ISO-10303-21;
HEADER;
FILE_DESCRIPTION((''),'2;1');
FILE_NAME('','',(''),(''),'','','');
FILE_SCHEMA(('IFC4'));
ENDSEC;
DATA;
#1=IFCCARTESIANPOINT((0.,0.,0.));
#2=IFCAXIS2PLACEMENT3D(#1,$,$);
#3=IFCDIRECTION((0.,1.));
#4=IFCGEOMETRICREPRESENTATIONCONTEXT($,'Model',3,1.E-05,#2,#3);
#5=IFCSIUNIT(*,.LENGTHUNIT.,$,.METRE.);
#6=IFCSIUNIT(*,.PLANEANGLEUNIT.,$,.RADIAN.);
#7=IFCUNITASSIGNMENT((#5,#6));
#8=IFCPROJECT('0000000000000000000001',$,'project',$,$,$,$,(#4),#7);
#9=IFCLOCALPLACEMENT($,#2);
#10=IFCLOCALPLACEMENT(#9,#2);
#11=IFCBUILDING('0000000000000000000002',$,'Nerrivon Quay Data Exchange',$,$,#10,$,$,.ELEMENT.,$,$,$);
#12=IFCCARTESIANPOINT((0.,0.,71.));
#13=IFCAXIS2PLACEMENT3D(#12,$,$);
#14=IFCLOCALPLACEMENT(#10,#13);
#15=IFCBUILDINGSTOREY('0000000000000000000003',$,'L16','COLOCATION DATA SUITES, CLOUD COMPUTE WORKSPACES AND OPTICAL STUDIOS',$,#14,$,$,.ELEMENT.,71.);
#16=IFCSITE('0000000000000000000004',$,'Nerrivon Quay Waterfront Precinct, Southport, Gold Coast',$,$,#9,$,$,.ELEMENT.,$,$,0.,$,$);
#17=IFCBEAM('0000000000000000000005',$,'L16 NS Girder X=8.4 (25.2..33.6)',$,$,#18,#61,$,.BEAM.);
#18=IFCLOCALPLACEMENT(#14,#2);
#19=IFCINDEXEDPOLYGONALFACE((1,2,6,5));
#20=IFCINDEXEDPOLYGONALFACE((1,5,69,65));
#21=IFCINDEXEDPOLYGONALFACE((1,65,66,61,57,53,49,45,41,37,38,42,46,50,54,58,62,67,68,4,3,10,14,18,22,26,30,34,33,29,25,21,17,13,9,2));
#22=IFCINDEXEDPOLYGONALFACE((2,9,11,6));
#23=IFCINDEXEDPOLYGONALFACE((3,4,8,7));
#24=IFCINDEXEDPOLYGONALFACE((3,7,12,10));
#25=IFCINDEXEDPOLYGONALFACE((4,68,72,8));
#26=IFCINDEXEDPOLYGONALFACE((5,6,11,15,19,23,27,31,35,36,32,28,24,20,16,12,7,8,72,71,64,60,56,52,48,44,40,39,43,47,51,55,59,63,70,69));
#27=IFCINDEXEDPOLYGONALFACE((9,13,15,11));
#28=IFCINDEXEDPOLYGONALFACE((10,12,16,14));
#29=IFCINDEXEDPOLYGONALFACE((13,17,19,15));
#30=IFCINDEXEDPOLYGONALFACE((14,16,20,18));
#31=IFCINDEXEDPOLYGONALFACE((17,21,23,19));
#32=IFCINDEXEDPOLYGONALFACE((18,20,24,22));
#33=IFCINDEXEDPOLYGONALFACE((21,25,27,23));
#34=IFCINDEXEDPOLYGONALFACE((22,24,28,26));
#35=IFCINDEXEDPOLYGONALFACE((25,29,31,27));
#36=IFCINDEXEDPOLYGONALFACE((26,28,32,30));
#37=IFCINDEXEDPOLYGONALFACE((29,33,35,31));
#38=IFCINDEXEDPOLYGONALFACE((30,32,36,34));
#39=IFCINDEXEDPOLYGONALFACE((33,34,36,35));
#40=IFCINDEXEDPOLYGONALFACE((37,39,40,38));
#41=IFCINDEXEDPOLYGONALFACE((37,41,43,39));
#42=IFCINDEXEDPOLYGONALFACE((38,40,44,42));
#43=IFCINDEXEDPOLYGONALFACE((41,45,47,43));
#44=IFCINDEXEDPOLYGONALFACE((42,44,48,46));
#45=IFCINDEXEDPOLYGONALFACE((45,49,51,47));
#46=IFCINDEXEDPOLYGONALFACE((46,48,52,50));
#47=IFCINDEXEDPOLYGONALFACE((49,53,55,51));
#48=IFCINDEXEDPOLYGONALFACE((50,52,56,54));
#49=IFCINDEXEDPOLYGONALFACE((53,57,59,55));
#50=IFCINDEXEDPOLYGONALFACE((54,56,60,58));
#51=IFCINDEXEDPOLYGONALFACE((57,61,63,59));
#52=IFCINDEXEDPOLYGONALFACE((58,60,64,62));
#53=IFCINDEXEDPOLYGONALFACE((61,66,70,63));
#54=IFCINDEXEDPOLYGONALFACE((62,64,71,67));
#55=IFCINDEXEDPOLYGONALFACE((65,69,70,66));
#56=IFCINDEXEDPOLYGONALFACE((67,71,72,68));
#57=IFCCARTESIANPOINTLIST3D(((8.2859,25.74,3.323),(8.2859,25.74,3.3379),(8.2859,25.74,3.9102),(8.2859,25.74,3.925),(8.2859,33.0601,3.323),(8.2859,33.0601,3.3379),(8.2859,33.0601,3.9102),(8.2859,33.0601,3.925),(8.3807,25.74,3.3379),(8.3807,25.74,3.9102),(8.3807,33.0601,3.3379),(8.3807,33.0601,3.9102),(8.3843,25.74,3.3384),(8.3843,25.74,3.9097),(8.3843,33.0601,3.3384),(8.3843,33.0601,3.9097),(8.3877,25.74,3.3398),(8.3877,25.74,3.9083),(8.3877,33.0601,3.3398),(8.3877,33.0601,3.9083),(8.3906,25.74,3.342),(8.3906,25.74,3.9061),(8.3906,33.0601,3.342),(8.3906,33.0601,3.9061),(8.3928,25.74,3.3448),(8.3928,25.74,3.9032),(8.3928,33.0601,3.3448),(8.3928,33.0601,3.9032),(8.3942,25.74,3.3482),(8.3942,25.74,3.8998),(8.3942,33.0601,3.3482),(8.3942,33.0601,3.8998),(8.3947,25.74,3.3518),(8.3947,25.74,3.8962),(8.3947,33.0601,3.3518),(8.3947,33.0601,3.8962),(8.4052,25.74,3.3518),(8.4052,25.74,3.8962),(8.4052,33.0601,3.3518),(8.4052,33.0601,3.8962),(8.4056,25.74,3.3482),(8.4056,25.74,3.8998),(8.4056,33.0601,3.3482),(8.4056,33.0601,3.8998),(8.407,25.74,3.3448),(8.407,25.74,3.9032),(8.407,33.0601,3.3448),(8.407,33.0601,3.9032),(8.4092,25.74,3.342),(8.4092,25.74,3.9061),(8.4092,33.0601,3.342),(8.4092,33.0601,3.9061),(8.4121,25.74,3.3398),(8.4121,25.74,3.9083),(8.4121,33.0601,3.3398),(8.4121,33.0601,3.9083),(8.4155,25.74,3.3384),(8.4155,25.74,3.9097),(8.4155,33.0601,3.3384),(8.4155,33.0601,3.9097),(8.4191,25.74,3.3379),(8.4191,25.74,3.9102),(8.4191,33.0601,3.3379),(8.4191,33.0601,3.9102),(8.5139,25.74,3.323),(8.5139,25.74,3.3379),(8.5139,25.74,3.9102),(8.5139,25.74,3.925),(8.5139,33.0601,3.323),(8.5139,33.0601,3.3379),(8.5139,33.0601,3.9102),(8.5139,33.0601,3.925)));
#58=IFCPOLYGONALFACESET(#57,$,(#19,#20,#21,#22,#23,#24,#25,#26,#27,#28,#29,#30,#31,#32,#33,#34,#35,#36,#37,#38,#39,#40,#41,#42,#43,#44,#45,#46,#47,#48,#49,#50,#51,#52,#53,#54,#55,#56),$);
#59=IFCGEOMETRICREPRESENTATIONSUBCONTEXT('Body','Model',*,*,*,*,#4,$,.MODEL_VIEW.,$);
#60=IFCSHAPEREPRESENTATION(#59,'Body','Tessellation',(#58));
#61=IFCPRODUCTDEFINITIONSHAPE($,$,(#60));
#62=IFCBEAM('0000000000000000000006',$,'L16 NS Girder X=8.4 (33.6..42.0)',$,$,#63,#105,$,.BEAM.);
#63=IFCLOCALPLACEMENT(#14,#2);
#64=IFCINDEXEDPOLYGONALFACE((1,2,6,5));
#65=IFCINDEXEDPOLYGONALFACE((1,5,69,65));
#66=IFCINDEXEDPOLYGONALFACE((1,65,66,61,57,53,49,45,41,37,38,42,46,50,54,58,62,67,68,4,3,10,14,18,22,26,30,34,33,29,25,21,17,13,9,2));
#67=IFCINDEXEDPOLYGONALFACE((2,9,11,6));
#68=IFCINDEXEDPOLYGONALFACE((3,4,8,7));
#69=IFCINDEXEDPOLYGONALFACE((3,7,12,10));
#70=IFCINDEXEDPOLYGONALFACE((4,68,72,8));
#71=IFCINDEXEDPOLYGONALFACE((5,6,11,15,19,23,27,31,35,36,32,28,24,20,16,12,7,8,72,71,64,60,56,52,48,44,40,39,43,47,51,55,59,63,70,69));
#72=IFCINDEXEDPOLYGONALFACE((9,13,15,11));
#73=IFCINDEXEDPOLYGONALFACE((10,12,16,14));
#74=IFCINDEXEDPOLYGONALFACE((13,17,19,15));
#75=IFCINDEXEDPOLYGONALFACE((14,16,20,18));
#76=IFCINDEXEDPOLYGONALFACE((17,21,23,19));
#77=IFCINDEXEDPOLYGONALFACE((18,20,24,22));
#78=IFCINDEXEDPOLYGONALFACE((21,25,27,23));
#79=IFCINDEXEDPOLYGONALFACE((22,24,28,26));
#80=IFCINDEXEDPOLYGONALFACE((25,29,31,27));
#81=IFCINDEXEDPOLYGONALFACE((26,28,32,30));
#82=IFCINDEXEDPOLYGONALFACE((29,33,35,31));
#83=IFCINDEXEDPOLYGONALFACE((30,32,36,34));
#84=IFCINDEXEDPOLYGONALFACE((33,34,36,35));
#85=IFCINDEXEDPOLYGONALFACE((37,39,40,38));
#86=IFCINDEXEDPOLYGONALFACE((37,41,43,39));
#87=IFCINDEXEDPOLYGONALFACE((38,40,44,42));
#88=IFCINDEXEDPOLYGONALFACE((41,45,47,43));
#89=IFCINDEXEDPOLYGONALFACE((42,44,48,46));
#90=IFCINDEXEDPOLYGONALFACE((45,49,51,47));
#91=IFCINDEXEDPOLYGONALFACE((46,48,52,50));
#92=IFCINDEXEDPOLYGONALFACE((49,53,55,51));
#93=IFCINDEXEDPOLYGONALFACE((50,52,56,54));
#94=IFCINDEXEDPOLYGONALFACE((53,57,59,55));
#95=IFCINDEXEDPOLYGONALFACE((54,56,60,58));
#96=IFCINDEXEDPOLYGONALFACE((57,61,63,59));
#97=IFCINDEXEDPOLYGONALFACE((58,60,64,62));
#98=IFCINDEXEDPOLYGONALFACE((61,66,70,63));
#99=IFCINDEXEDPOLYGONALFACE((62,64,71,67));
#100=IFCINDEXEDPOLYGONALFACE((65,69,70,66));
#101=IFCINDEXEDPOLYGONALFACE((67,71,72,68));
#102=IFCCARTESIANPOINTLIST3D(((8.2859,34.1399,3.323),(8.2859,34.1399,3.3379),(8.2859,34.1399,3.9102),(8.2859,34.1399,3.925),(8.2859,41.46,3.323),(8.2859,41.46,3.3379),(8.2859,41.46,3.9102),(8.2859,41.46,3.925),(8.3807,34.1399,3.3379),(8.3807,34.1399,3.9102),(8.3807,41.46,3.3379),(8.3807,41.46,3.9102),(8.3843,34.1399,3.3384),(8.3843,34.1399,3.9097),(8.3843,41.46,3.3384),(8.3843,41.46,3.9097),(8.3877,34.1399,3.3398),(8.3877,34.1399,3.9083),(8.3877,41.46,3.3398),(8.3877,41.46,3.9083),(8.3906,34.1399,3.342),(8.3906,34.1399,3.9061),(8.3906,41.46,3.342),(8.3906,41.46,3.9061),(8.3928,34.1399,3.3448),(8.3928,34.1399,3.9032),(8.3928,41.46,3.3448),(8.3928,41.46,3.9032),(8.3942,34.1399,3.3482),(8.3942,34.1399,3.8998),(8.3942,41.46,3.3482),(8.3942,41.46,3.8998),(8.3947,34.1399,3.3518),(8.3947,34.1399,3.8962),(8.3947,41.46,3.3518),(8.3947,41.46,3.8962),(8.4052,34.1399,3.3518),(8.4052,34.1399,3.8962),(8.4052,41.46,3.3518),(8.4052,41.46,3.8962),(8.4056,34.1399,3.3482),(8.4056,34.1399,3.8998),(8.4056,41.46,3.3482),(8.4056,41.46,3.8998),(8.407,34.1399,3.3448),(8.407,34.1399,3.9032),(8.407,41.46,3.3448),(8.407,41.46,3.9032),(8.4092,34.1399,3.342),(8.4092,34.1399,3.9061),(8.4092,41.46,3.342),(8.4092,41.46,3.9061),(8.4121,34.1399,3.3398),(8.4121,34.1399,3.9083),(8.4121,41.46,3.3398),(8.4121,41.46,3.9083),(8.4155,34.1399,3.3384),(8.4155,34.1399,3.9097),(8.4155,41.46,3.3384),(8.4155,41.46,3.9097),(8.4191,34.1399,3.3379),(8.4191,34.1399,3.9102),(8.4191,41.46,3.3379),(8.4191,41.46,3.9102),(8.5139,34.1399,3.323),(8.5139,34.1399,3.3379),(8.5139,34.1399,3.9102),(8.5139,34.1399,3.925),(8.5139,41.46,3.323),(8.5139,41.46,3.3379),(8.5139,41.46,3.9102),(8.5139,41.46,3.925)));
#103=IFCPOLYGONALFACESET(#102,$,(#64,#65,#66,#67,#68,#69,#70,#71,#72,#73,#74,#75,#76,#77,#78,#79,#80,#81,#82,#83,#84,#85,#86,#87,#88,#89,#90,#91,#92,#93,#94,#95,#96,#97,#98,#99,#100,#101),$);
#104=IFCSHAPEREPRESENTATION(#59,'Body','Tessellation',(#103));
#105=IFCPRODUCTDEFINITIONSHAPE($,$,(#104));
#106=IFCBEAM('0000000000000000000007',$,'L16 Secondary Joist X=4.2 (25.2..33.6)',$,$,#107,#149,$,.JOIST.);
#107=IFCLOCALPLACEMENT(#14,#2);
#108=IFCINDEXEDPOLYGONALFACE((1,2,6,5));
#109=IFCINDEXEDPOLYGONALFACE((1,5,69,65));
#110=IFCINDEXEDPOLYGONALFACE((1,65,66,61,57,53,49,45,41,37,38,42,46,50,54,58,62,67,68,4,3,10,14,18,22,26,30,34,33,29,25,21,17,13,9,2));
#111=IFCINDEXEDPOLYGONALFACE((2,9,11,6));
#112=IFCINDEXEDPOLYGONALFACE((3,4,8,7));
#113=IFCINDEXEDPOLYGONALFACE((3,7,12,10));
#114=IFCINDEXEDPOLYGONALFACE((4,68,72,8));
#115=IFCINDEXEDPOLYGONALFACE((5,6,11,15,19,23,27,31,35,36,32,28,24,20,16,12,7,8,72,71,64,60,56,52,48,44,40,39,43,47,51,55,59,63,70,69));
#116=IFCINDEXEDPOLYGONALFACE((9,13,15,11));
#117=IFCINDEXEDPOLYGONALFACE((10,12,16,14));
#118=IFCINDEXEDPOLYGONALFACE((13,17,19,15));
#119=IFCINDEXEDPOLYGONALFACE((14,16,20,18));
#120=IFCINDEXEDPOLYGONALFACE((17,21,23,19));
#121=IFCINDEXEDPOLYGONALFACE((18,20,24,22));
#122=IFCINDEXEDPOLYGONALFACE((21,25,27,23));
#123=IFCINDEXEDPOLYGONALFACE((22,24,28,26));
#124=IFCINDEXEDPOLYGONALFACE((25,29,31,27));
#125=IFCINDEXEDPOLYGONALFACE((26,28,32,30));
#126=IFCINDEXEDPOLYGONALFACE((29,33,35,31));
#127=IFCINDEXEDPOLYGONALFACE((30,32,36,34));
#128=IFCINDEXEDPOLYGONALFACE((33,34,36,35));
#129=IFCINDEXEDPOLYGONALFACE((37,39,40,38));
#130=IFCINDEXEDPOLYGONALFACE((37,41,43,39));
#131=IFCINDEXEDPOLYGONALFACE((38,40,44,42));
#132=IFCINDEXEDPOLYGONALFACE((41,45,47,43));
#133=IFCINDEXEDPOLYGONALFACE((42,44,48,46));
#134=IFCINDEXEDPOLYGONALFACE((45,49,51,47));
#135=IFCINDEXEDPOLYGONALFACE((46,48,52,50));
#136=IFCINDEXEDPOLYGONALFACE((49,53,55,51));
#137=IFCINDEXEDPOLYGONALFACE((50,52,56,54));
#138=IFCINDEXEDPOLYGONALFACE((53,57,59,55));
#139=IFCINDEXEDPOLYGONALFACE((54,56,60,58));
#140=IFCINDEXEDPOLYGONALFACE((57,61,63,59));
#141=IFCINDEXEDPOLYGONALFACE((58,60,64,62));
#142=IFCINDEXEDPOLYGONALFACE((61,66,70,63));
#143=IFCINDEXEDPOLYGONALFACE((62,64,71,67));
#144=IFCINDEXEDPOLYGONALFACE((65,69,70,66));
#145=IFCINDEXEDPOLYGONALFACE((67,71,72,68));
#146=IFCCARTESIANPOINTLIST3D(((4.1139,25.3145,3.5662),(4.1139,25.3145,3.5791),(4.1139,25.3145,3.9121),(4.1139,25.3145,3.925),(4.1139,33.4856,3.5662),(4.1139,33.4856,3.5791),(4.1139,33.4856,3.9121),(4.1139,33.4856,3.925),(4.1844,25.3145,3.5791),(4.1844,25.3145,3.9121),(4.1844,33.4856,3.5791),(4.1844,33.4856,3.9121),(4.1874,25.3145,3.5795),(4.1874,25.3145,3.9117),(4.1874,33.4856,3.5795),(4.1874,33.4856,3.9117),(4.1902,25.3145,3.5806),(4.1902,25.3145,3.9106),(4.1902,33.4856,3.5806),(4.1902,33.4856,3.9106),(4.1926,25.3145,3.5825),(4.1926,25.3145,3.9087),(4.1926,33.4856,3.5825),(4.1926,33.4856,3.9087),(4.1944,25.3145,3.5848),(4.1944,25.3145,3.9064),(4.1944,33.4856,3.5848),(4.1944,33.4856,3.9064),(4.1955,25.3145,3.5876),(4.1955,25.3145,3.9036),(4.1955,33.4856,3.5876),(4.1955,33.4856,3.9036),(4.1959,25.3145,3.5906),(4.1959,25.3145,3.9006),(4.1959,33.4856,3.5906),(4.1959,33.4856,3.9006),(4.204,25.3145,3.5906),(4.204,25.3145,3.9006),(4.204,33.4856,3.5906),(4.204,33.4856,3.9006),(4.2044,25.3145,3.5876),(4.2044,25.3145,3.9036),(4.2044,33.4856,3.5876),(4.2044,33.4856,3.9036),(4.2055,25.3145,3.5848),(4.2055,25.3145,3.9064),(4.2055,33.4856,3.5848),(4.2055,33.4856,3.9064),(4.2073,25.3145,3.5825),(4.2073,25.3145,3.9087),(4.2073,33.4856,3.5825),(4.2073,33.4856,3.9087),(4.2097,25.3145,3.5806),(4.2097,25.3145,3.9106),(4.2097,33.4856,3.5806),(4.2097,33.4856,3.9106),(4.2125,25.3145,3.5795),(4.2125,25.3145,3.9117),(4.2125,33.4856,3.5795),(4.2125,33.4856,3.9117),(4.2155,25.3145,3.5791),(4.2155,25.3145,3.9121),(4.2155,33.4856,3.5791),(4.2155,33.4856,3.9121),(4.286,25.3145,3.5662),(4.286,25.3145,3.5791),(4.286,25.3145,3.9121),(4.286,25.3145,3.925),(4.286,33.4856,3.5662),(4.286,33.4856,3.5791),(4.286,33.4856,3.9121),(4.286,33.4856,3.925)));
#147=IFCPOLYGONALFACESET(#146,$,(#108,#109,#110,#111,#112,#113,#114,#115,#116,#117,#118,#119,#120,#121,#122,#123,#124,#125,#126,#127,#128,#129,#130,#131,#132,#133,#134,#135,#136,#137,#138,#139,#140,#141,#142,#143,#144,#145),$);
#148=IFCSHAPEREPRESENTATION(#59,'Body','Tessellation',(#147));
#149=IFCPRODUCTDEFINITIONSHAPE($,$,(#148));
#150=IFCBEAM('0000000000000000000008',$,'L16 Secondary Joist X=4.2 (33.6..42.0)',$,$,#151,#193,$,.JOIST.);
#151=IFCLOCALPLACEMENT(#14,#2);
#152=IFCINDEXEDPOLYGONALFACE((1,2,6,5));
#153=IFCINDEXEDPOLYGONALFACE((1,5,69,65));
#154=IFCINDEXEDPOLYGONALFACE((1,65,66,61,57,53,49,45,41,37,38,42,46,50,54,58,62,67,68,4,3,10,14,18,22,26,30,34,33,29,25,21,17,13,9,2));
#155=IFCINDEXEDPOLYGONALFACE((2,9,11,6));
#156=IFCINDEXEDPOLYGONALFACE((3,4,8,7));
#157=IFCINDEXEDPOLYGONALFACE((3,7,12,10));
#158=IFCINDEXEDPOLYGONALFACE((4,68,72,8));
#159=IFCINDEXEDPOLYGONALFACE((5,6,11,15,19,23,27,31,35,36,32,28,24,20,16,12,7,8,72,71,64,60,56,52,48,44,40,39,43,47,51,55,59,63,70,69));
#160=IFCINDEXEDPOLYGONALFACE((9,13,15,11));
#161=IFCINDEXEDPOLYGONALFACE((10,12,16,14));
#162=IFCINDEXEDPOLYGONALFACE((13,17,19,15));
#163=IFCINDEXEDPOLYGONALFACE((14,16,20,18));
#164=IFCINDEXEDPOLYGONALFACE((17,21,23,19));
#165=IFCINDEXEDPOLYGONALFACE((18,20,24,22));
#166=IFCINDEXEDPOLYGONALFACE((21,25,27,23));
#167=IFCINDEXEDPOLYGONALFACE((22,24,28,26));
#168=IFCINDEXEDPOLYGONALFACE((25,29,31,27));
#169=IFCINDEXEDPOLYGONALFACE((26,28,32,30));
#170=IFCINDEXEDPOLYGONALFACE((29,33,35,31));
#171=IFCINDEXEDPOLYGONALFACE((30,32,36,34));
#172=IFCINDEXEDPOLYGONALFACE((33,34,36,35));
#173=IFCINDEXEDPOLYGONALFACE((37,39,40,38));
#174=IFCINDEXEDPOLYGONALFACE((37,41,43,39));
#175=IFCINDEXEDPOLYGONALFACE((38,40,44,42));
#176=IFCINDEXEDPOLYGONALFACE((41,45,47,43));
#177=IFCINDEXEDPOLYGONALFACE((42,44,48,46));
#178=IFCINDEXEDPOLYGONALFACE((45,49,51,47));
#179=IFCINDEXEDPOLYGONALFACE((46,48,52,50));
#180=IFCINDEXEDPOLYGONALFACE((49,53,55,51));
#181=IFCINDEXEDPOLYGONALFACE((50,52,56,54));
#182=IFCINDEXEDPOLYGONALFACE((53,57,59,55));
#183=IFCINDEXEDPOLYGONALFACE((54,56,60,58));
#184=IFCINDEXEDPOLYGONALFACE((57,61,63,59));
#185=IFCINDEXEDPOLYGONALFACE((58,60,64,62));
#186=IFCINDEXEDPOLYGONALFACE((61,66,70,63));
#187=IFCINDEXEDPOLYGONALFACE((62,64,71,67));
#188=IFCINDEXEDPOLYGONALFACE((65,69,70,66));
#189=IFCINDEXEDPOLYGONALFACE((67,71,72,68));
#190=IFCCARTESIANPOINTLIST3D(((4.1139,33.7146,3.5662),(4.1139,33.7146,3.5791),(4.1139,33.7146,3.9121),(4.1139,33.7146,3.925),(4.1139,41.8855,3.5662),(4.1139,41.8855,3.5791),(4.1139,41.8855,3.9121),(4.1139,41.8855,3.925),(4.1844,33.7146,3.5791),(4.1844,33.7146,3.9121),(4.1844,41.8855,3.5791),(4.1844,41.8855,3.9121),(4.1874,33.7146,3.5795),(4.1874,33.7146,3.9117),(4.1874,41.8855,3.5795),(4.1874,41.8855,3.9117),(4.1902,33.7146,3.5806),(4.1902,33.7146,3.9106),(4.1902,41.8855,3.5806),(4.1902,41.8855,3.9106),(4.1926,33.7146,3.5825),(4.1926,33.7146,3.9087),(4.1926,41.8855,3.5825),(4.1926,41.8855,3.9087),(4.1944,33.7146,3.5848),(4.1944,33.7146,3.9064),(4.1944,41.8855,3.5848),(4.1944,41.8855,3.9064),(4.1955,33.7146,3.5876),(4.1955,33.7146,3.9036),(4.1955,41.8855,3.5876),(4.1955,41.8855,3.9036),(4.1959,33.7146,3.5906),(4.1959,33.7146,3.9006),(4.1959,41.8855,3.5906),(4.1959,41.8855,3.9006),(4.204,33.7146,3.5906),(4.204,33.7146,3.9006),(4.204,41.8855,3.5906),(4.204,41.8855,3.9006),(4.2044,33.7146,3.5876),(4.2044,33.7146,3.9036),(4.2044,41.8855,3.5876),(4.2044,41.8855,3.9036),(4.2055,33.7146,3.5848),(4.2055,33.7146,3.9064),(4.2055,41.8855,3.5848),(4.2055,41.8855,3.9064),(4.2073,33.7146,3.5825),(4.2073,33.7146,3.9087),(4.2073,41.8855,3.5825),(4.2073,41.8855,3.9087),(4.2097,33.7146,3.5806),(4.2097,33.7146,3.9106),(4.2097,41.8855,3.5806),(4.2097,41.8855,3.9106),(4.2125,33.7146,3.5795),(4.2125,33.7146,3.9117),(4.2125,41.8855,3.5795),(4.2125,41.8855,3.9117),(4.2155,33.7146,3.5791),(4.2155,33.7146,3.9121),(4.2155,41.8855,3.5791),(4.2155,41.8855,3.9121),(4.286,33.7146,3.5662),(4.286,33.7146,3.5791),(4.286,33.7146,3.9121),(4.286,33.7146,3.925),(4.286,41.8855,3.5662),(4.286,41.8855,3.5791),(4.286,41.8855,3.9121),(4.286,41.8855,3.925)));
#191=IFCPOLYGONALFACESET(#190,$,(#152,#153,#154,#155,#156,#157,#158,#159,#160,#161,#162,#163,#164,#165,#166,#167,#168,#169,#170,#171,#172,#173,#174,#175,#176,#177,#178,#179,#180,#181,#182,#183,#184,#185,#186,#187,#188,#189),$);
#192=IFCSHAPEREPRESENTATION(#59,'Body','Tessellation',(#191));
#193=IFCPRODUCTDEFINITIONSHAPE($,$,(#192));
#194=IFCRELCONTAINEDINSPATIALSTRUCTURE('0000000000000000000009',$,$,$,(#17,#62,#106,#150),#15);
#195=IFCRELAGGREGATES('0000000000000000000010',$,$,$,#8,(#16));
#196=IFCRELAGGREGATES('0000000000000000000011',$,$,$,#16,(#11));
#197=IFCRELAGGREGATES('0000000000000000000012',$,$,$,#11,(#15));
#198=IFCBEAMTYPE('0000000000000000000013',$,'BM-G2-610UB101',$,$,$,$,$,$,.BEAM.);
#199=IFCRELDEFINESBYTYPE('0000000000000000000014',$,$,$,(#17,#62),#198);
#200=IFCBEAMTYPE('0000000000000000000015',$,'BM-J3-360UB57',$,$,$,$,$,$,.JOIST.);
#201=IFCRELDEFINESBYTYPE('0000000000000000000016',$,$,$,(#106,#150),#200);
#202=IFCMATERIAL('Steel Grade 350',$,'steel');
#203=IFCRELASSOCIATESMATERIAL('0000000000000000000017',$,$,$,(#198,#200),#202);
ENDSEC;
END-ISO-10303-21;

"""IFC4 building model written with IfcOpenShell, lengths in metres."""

from ifc_helpers import new_model, si_unit, direction, frame, origin, origin_2d, place, context, subcontext, project, spatial, i_section, extrude, material, material_profile, profile_set, type_object, element, save


model = new_model("IFC4")

# Units and contexts
model_context = context("Model", 3, precision=1e-05, world=origin(), true_north=direction((0.0, 1.0)))
body_context = subcontext(model_context, "Body", "Model", "MODEL_VIEW")
ifc_project = project(units=[si_unit("LENGTHUNIT", "METRE"), si_unit("PLANEANGLEUNIT", "RADIAN")], contexts=[model_context])

# Site, building, storey
site_placement = place(None, origin())
site = spatial("IfcSite", under=ifc_project, at=site_placement, Name="Nerrivon Quay Waterfront Precinct, Southport, Gold Coast", CompositionType="ELEMENT", RefElevation=0.0)
building_placement = place(site_placement, origin())
building = spatial("IfcBuilding", under=site, at=building_placement, Name="Nerrivon Quay Data Exchange", CompositionType="ELEMENT")
storey_placement = place(building_placement, frame((0.0, 0.0, 71.0)))
storey = spatial("IfcBuildingStorey", under=building, at=storey_placement, Name="L16", Description="COLOCATION DATA SUITES, CLOUD COMPUTE WORKSPACES AND OPTICAL STUDIOS", CompositionType="ELEMENT", Elevation=71.0)

# Shared definitions
ifc_material_1 = material(Name="Steel Grade 350", Category="steel")

# Beams
ifc_material_profile_1 = material_profile(ifc_material_1, i_section(OverallWidth=0.228, OverallDepth=0.6021, WebThickness=0.0105, FlangeThickness=0.0149, FilletRadius=0.0139, at=origin_2d()), Name="610UB101")
ifc_profile_set_1 = profile_set([ifc_material_profile_1], Name="Steel Grade 350")
beam_type_1 = type_object("IfcBeamType", Name="BM-G2-610UB101", PredefinedType="BEAM", material=ifc_profile_set_1)
for number, where, z_axis, x_axis, name in (
    (1, (8.3999, 25.74, 3.624), (0.0, 1.0, 0.0), (-1.0, 0.0, 0.0), "L16 NS Girder X=8.4 (25.2..33.6)"),
    (2, (8.3999, 34.1399, 3.624), (0.0, 1.0, 0.0), (-1.0, 0.0, 0.0), "L16 NS Girder X=8.4 (33.6..42.0)"),
):
    element("IfcBeam", number, at=place(storey_placement, frame(where, z_axis=z_axis, x_axis=x_axis)), inside=storey, type_object=beam_type_1, Name=name, PredefinedType="BEAM", context=body_context, shape_type="SweptSolid", body=[
        extrude(i_section(OverallWidth=0.228, OverallDepth=0.6021, WebThickness=0.0105, FlangeThickness=0.0149, FilletRadius=0.0139, at=origin_2d()), origin(), (0.0, 0.0, 1.0), 7.3201),
    ])
ifc_material_profile_2 = material_profile(ifc_material_1, i_section(OverallWidth=0.1721, OverallDepth=0.3589, WebThickness=0.0081, FlangeThickness=0.0129, FilletRadius=0.0115, at=origin_2d()), Name="360UB56.7")
ifc_profile_set_2 = profile_set([ifc_material_profile_2], Name="Steel Grade 350")
beam_type_2 = type_object("IfcBeamType", Name="BM-J3-360UB57", PredefinedType="JOIST", material=ifc_profile_set_2)
beam_1_placement = place(storey_placement, frame((4.2, 25.3145, 3.7456), z_axis=(0.0, 1.0, 0.0), x_axis=(-1.0, 0.0, 0.0)))
element("IfcBeam", 3, at=beam_1_placement, inside=storey, type_object=beam_type_2, Name="L16 Secondary Joist X=4.2 (25.2..33.6)", PredefinedType="JOIST", context=body_context, shape_type="SweptSolid", body=[
    extrude(i_section(OverallWidth=0.1721, OverallDepth=0.3589, WebThickness=0.0081, FlangeThickness=0.0129, FilletRadius=0.0115, at=origin_2d()), origin(), (0.0, 0.0, 1.0), 8.1711),
])
beam_2_placement = place(storey_placement, frame((4.2, 33.7146, 3.7456), z_axis=(0.0, 1.0, 0.0), x_axis=(-1.0, 0.0, 0.0)))
element("IfcBeam", 4, at=beam_2_placement, inside=storey, type_object=beam_type_2, Name="L16 Secondary Joist X=4.2 (33.6..42.0)", PredefinedType="JOIST", context=body_context, shape_type="SweptSolid", body=[
    extrude(i_section(OverallWidth=0.1721, OverallDepth=0.3589, WebThickness=0.0081, FlangeThickness=0.0129, FilletRadius=0.0115, at=origin_2d()), origin(), (0.0, 0.0, 1.0), 8.1709),
])

save(model, "model.ifc")
